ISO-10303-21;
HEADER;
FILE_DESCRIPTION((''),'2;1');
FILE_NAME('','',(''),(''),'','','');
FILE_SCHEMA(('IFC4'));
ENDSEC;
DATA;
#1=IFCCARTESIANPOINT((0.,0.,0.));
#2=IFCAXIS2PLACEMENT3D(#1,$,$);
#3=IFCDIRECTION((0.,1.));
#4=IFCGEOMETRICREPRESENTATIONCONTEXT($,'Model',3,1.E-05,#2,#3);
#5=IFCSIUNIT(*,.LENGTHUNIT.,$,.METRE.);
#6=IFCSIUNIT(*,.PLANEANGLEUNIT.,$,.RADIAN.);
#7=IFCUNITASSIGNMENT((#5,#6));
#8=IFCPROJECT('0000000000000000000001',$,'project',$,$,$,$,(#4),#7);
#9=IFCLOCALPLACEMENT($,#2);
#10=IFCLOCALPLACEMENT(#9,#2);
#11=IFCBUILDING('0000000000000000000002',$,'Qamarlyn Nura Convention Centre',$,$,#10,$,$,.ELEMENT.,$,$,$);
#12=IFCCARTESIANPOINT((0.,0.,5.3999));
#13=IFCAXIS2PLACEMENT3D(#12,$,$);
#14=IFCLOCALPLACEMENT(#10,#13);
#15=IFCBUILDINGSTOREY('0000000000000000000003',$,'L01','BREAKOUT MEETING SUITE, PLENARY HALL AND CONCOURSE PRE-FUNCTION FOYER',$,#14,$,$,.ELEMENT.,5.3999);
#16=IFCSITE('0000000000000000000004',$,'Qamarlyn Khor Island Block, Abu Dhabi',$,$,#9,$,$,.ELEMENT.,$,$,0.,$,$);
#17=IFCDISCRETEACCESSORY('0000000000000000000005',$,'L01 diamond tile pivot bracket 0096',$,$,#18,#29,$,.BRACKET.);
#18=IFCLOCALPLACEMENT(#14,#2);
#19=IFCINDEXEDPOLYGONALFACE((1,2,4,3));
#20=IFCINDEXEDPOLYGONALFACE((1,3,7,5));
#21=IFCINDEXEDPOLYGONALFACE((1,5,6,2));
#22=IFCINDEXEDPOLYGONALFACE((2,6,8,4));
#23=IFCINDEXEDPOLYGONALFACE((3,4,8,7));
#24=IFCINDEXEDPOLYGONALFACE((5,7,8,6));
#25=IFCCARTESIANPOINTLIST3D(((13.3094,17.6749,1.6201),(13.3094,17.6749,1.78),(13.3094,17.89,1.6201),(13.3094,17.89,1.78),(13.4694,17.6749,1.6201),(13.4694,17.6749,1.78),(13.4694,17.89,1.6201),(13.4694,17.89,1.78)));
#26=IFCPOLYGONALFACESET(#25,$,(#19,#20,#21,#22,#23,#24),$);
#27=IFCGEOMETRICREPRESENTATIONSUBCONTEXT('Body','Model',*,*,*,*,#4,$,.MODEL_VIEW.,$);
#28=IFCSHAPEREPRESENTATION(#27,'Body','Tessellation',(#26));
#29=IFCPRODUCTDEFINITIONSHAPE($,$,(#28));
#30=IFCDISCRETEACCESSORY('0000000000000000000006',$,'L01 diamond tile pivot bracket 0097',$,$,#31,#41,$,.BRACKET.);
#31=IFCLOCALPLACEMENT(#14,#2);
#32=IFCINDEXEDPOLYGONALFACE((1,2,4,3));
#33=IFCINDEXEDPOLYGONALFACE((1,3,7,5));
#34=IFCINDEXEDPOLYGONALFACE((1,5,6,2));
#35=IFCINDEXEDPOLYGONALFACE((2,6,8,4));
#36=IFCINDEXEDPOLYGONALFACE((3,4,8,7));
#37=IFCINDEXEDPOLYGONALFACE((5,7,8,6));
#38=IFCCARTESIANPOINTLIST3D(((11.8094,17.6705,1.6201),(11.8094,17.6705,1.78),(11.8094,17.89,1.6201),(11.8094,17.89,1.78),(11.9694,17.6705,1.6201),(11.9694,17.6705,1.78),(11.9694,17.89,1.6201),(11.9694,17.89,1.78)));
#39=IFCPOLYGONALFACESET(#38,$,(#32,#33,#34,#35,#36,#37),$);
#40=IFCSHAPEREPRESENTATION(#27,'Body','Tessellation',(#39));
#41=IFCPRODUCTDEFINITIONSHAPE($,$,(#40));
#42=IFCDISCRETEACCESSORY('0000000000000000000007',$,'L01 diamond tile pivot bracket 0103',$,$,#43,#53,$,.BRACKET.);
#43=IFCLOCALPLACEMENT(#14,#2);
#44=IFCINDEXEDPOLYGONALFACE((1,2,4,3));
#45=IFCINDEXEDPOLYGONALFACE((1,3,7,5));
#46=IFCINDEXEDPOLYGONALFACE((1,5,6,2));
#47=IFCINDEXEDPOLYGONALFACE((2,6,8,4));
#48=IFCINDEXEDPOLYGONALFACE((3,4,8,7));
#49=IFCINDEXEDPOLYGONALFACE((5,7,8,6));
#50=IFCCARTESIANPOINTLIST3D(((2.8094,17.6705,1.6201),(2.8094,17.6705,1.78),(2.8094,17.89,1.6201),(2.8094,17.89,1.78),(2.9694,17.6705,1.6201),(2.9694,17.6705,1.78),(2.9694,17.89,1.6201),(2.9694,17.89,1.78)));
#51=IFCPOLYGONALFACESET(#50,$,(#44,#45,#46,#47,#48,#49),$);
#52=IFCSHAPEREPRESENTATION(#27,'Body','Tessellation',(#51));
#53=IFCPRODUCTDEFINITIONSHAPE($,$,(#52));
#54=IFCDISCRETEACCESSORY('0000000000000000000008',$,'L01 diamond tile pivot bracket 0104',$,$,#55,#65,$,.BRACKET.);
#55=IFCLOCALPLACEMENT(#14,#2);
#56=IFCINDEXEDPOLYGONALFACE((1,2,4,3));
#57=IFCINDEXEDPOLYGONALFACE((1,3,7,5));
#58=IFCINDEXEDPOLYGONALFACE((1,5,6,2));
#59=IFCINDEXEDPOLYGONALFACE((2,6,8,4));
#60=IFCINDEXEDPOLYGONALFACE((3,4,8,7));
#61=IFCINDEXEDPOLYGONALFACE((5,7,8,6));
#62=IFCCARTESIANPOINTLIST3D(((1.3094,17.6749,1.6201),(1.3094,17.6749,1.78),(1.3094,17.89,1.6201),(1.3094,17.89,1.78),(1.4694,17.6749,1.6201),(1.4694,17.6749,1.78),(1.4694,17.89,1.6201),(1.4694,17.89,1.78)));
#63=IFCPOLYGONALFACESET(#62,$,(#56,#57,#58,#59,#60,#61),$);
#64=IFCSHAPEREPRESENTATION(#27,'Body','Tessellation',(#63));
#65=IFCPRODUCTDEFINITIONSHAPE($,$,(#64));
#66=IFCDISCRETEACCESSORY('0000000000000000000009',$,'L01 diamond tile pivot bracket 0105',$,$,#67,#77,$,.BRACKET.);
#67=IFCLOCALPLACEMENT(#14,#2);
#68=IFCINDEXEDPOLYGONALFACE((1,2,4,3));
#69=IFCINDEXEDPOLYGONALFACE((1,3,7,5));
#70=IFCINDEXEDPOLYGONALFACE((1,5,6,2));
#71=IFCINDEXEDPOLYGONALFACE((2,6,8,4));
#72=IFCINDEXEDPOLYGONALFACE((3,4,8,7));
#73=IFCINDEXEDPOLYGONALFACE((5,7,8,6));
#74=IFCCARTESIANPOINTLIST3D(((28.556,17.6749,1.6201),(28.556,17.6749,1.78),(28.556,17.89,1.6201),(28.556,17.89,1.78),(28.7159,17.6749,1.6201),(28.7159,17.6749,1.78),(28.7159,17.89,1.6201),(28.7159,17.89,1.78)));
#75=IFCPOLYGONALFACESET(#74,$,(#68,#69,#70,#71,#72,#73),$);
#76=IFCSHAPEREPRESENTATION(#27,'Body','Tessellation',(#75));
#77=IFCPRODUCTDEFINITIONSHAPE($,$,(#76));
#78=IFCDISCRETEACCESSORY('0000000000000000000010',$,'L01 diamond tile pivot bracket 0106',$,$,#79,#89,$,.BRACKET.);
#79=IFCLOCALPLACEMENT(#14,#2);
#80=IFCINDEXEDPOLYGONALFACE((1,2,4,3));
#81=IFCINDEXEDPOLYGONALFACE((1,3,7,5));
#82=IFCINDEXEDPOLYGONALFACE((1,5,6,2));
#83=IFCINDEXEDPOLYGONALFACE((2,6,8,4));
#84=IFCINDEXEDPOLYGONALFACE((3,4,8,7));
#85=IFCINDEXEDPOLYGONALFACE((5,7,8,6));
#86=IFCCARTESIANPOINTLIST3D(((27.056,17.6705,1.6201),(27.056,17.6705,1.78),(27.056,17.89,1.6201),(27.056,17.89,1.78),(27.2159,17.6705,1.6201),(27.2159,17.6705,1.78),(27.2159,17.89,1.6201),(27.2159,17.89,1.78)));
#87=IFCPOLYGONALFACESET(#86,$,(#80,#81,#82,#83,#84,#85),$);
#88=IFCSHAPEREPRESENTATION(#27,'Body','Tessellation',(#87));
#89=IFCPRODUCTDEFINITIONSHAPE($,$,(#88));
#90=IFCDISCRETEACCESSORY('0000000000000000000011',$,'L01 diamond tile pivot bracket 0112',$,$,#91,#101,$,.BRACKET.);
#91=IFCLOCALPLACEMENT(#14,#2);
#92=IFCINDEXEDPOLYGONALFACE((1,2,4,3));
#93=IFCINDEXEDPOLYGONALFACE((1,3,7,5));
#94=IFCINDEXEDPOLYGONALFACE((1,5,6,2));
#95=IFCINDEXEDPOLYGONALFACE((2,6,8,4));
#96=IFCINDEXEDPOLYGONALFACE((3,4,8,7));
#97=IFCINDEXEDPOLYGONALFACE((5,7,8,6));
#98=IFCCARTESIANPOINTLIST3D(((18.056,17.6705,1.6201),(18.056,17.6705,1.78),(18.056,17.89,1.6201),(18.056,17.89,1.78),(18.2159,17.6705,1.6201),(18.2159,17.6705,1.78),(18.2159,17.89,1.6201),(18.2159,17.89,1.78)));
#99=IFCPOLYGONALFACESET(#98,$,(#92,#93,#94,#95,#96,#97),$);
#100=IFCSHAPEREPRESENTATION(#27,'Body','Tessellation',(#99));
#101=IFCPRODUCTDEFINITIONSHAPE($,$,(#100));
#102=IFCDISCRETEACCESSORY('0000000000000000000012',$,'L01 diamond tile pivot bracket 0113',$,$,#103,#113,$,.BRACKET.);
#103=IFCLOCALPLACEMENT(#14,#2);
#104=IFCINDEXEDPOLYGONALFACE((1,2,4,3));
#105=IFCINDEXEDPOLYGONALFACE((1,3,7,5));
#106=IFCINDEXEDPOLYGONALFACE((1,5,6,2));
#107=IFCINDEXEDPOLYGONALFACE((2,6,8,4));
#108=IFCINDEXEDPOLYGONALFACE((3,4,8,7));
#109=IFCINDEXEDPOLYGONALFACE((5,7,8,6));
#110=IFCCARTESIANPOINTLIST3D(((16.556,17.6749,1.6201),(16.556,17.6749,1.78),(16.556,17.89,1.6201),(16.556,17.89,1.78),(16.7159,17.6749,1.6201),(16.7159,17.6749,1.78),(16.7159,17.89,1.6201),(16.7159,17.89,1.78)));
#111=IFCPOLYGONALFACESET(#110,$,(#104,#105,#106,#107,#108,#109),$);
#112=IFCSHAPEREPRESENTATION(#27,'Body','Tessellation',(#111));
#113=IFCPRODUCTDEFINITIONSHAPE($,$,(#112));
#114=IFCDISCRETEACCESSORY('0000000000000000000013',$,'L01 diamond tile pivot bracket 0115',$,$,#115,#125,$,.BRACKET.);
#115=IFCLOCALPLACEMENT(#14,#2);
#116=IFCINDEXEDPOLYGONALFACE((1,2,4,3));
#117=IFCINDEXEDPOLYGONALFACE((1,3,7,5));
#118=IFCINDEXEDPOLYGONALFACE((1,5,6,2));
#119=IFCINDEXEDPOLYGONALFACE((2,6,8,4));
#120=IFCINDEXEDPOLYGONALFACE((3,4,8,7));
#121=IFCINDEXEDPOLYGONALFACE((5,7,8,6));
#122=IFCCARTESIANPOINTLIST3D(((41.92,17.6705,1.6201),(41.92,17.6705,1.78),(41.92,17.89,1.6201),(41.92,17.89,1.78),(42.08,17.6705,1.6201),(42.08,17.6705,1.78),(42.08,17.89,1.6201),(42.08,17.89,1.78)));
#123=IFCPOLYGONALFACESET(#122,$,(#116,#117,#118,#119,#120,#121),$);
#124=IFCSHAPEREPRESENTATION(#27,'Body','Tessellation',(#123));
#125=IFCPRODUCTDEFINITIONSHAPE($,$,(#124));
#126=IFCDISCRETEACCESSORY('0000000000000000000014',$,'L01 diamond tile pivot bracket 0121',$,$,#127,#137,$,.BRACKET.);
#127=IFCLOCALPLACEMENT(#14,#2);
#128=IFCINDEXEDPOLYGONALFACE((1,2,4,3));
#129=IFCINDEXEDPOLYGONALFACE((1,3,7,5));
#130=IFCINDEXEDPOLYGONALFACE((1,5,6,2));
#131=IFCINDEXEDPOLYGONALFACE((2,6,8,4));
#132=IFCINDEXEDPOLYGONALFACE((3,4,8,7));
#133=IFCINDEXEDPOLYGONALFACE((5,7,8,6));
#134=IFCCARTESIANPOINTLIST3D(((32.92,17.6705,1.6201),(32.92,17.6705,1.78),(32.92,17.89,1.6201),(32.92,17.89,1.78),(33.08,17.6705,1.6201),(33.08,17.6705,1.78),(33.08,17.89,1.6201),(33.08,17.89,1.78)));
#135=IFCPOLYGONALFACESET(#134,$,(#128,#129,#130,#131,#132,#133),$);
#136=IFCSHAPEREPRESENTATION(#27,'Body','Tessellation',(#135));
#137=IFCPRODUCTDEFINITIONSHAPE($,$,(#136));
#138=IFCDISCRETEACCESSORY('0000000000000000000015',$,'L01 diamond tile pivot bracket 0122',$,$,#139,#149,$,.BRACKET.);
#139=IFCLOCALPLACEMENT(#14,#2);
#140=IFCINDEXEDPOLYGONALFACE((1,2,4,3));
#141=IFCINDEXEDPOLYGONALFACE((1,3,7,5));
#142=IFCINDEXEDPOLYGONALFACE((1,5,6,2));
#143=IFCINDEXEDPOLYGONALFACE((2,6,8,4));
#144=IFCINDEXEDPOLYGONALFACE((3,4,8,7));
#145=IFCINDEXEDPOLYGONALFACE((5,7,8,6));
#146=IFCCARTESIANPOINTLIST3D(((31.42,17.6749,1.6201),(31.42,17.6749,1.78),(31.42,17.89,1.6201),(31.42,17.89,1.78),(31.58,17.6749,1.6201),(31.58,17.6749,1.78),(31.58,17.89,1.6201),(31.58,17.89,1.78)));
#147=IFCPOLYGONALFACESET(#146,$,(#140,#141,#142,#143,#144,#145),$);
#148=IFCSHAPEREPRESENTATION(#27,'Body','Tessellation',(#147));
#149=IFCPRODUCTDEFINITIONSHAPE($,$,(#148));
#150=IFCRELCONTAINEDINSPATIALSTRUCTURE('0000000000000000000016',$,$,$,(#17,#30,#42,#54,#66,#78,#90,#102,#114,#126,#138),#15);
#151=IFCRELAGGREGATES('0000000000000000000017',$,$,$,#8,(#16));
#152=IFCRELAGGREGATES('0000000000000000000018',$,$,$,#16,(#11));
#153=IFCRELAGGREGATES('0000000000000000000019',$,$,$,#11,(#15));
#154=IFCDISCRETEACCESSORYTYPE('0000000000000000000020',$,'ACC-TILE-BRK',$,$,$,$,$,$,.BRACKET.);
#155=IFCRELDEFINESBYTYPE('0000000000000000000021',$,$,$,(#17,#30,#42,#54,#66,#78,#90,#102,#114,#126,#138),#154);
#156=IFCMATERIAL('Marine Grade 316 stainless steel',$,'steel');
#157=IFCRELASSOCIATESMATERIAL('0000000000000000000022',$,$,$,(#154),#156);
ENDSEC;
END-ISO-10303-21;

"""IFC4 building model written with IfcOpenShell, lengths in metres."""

from ifc_helpers import new_model, si_unit, direction, frame, origin, origin_2d, place, context, subcontext, project, spatial, rectangle, extrude, material, type_object, element, save


model = new_model("IFC4")

# Units and contexts
model_context = context("Model", 3, precision=1e-05, world=origin(), true_north=direction((0.0, 1.0)))
body_context = subcontext(model_context, "Body", "Model", "MODEL_VIEW")
ifc_project = project(units=[si_unit("LENGTHUNIT", "METRE"), si_unit("PLANEANGLEUNIT", "RADIAN")], contexts=[model_context])

# Site, building, storey
site_placement = place(None, origin())
site = spatial("IfcSite", under=ifc_project, at=site_placement, Name="Qamarlyn Khor Island Block, Abu Dhabi", CompositionType="ELEMENT", RefElevation=0.0)
building_placement = place(site_placement, origin())
building = spatial("IfcBuilding", under=site, at=building_placement, Name="Qamarlyn Nura Convention Centre", CompositionType="ELEMENT")
storey_placement = place(building_placement, frame((0.0, 0.0, 5.3999)))
storey = spatial("IfcBuildingStorey", under=building, at=storey_placement, Name="L01", Description="BREAKOUT MEETING SUITE, PLENARY HALL AND CONCOURSE PRE-FUNCTION FOYER", CompositionType="ELEMENT", Elevation=5.3999)

# Discrete accessories
ifc_material_1 = material(Name="Marine Grade 316 stainless steel", Category="steel")
discrete_accessory_type_1 = type_object("IfcDiscreteAccessoryType", Name="ACC-TILE-BRK", PredefinedType="BRACKET", material=ifc_material_1)
discrete_accessory_1_placement = place(storey_placement, frame((13.3894, 17.7825, 1.6201), z_axis=(0.0, 0.0, 1.0), x_axis=(0.0, -1.0, 0.0)))
element("IfcDiscreteAccessory", 1, at=discrete_accessory_1_placement, inside=storey, type_object=discrete_accessory_type_1, Name="L01 diamond tile pivot bracket 0096", PredefinedType="BRACKET", context=body_context, shape_type="SweptSolid", body=[
    extrude(rectangle(XDim=0.2151, YDim=0.1599, at=origin_2d()), origin(), (0.0, 0.0, 1.0), 0.1599),
])
for number, where, z_axis, x_axis, name in (
    (2, (11.8894, 17.7803, 1.6201), (0.0, 0.0, 1.0), (0.0, -1.0, 0.0), "L01 diamond tile pivot bracket 0097"),
    (3, (2.8894, 17.7803, 1.6201), (0.0, 0.0, 1.0), (0.0, -1.0, 0.0), "L01 diamond tile pivot bracket 0103"),
):
    element("IfcDiscreteAccessory", number, at=place(storey_placement, frame(where, z_axis=z_axis, x_axis=x_axis)), inside=storey, type_object=discrete_accessory_type_1, Name=name, PredefinedType="BRACKET", context=body_context, shape_type="SweptSolid", body=[
        extrude(rectangle(XDim=0.2195, YDim=0.1599, at=origin_2d()), origin(), (0.0, 0.0, 1.0), 0.1599),
    ])
for number, where, z_axis, x_axis, name in (
    (4, (1.3894, 17.7825, 1.6201), (0.0, 0.0, 1.0), (0.0, -1.0, 0.0), "L01 diamond tile pivot bracket 0104"),
    (5, (28.636, 17.7825, 1.6201), (0.0, 0.0, 1.0), (0.0, -1.0, 0.0), "L01 diamond tile pivot bracket 0105"),
):
    element("IfcDiscreteAccessory", number, at=place(storey_placement, frame(where, z_axis=z_axis, x_axis=x_axis)), inside=storey, type_object=discrete_accessory_type_1, Name=name, PredefinedType="BRACKET", context=body_context, shape_type="SweptSolid", body=[
        extrude(rectangle(XDim=0.2151, YDim=0.1599, at=origin_2d()), origin(), (0.0, 0.0, 1.0), 0.1599),
    ])
for number, where, z_axis, x_axis, name in (
    (6, (27.136, 17.7803, 1.6201), (0.0, 0.0, 1.0), (0.0, -1.0, 0.0), "L01 diamond tile pivot bracket 0106"),
    (7, (18.136, 17.7803, 1.6201), (0.0, 0.0, 1.0), (0.0, -1.0, 0.0), "L01 diamond tile pivot bracket 0112"),
):
    element("IfcDiscreteAccessory", number, at=place(storey_placement, frame(where, z_axis=z_axis, x_axis=x_axis)), inside=storey, type_object=discrete_accessory_type_1, Name=name, PredefinedType="BRACKET", context=body_context, shape_type="SweptSolid", body=[
        extrude(rectangle(XDim=0.2195, YDim=0.1599, at=origin_2d()), origin(), (0.0, 0.0, 1.0), 0.1599),
    ])
discrete_accessory_2_placement = place(storey_placement, frame((16.636, 17.7825, 1.6201), z_axis=(0.0, 0.0, 1.0), x_axis=(0.0, -1.0, 0.0)))
element("IfcDiscreteAccessory", 8, at=discrete_accessory_2_placement, inside=storey, type_object=discrete_accessory_type_1, Name="L01 diamond tile pivot bracket 0113", PredefinedType="BRACKET", context=body_context, shape_type="SweptSolid", body=[
    extrude(rectangle(XDim=0.2151, YDim=0.1599, at=origin_2d()), origin(), (0.0, 0.0, 1.0), 0.1599),
])
for number, where, z_axis, x_axis, name in (
    (9, (42.0, 17.7803, 1.6201), (0.0, 0.0, 1.0), (0.0, -1.0, 0.0), "L01 diamond tile pivot bracket 0115"),
    (10, (33.0, 17.7803, 1.6201), (0.0, 0.0, 1.0), (0.0, -1.0, 0.0), "L01 diamond tile pivot bracket 0121"),
):
    element("IfcDiscreteAccessory", number, at=place(storey_placement, frame(where, z_axis=z_axis, x_axis=x_axis)), inside=storey, type_object=discrete_accessory_type_1, Name=name, PredefinedType="BRACKET", context=body_context, shape_type="SweptSolid", body=[
        extrude(rectangle(XDim=0.2195, YDim=0.1599, at=origin_2d()), origin(), (0.0, 0.0, 1.0), 0.1599),
    ])
discrete_accessory_3_placement = place(storey_placement, frame((31.5, 17.7825, 1.6201), z_axis=(0.0, 0.0, 1.0), x_axis=(0.0, -1.0, 0.0)))
element("IfcDiscreteAccessory", 11, at=discrete_accessory_3_placement, inside=storey, type_object=discrete_accessory_type_1, Name="L01 diamond tile pivot bracket 0122", PredefinedType="BRACKET", context=body_context, shape_type="SweptSolid", body=[
    extrude(rectangle(XDim=0.2151, YDim=0.1599, at=origin_2d()), origin(), (0.0, 0.0, 1.0), 0.1599),
])

save(model, "model.ifc")
